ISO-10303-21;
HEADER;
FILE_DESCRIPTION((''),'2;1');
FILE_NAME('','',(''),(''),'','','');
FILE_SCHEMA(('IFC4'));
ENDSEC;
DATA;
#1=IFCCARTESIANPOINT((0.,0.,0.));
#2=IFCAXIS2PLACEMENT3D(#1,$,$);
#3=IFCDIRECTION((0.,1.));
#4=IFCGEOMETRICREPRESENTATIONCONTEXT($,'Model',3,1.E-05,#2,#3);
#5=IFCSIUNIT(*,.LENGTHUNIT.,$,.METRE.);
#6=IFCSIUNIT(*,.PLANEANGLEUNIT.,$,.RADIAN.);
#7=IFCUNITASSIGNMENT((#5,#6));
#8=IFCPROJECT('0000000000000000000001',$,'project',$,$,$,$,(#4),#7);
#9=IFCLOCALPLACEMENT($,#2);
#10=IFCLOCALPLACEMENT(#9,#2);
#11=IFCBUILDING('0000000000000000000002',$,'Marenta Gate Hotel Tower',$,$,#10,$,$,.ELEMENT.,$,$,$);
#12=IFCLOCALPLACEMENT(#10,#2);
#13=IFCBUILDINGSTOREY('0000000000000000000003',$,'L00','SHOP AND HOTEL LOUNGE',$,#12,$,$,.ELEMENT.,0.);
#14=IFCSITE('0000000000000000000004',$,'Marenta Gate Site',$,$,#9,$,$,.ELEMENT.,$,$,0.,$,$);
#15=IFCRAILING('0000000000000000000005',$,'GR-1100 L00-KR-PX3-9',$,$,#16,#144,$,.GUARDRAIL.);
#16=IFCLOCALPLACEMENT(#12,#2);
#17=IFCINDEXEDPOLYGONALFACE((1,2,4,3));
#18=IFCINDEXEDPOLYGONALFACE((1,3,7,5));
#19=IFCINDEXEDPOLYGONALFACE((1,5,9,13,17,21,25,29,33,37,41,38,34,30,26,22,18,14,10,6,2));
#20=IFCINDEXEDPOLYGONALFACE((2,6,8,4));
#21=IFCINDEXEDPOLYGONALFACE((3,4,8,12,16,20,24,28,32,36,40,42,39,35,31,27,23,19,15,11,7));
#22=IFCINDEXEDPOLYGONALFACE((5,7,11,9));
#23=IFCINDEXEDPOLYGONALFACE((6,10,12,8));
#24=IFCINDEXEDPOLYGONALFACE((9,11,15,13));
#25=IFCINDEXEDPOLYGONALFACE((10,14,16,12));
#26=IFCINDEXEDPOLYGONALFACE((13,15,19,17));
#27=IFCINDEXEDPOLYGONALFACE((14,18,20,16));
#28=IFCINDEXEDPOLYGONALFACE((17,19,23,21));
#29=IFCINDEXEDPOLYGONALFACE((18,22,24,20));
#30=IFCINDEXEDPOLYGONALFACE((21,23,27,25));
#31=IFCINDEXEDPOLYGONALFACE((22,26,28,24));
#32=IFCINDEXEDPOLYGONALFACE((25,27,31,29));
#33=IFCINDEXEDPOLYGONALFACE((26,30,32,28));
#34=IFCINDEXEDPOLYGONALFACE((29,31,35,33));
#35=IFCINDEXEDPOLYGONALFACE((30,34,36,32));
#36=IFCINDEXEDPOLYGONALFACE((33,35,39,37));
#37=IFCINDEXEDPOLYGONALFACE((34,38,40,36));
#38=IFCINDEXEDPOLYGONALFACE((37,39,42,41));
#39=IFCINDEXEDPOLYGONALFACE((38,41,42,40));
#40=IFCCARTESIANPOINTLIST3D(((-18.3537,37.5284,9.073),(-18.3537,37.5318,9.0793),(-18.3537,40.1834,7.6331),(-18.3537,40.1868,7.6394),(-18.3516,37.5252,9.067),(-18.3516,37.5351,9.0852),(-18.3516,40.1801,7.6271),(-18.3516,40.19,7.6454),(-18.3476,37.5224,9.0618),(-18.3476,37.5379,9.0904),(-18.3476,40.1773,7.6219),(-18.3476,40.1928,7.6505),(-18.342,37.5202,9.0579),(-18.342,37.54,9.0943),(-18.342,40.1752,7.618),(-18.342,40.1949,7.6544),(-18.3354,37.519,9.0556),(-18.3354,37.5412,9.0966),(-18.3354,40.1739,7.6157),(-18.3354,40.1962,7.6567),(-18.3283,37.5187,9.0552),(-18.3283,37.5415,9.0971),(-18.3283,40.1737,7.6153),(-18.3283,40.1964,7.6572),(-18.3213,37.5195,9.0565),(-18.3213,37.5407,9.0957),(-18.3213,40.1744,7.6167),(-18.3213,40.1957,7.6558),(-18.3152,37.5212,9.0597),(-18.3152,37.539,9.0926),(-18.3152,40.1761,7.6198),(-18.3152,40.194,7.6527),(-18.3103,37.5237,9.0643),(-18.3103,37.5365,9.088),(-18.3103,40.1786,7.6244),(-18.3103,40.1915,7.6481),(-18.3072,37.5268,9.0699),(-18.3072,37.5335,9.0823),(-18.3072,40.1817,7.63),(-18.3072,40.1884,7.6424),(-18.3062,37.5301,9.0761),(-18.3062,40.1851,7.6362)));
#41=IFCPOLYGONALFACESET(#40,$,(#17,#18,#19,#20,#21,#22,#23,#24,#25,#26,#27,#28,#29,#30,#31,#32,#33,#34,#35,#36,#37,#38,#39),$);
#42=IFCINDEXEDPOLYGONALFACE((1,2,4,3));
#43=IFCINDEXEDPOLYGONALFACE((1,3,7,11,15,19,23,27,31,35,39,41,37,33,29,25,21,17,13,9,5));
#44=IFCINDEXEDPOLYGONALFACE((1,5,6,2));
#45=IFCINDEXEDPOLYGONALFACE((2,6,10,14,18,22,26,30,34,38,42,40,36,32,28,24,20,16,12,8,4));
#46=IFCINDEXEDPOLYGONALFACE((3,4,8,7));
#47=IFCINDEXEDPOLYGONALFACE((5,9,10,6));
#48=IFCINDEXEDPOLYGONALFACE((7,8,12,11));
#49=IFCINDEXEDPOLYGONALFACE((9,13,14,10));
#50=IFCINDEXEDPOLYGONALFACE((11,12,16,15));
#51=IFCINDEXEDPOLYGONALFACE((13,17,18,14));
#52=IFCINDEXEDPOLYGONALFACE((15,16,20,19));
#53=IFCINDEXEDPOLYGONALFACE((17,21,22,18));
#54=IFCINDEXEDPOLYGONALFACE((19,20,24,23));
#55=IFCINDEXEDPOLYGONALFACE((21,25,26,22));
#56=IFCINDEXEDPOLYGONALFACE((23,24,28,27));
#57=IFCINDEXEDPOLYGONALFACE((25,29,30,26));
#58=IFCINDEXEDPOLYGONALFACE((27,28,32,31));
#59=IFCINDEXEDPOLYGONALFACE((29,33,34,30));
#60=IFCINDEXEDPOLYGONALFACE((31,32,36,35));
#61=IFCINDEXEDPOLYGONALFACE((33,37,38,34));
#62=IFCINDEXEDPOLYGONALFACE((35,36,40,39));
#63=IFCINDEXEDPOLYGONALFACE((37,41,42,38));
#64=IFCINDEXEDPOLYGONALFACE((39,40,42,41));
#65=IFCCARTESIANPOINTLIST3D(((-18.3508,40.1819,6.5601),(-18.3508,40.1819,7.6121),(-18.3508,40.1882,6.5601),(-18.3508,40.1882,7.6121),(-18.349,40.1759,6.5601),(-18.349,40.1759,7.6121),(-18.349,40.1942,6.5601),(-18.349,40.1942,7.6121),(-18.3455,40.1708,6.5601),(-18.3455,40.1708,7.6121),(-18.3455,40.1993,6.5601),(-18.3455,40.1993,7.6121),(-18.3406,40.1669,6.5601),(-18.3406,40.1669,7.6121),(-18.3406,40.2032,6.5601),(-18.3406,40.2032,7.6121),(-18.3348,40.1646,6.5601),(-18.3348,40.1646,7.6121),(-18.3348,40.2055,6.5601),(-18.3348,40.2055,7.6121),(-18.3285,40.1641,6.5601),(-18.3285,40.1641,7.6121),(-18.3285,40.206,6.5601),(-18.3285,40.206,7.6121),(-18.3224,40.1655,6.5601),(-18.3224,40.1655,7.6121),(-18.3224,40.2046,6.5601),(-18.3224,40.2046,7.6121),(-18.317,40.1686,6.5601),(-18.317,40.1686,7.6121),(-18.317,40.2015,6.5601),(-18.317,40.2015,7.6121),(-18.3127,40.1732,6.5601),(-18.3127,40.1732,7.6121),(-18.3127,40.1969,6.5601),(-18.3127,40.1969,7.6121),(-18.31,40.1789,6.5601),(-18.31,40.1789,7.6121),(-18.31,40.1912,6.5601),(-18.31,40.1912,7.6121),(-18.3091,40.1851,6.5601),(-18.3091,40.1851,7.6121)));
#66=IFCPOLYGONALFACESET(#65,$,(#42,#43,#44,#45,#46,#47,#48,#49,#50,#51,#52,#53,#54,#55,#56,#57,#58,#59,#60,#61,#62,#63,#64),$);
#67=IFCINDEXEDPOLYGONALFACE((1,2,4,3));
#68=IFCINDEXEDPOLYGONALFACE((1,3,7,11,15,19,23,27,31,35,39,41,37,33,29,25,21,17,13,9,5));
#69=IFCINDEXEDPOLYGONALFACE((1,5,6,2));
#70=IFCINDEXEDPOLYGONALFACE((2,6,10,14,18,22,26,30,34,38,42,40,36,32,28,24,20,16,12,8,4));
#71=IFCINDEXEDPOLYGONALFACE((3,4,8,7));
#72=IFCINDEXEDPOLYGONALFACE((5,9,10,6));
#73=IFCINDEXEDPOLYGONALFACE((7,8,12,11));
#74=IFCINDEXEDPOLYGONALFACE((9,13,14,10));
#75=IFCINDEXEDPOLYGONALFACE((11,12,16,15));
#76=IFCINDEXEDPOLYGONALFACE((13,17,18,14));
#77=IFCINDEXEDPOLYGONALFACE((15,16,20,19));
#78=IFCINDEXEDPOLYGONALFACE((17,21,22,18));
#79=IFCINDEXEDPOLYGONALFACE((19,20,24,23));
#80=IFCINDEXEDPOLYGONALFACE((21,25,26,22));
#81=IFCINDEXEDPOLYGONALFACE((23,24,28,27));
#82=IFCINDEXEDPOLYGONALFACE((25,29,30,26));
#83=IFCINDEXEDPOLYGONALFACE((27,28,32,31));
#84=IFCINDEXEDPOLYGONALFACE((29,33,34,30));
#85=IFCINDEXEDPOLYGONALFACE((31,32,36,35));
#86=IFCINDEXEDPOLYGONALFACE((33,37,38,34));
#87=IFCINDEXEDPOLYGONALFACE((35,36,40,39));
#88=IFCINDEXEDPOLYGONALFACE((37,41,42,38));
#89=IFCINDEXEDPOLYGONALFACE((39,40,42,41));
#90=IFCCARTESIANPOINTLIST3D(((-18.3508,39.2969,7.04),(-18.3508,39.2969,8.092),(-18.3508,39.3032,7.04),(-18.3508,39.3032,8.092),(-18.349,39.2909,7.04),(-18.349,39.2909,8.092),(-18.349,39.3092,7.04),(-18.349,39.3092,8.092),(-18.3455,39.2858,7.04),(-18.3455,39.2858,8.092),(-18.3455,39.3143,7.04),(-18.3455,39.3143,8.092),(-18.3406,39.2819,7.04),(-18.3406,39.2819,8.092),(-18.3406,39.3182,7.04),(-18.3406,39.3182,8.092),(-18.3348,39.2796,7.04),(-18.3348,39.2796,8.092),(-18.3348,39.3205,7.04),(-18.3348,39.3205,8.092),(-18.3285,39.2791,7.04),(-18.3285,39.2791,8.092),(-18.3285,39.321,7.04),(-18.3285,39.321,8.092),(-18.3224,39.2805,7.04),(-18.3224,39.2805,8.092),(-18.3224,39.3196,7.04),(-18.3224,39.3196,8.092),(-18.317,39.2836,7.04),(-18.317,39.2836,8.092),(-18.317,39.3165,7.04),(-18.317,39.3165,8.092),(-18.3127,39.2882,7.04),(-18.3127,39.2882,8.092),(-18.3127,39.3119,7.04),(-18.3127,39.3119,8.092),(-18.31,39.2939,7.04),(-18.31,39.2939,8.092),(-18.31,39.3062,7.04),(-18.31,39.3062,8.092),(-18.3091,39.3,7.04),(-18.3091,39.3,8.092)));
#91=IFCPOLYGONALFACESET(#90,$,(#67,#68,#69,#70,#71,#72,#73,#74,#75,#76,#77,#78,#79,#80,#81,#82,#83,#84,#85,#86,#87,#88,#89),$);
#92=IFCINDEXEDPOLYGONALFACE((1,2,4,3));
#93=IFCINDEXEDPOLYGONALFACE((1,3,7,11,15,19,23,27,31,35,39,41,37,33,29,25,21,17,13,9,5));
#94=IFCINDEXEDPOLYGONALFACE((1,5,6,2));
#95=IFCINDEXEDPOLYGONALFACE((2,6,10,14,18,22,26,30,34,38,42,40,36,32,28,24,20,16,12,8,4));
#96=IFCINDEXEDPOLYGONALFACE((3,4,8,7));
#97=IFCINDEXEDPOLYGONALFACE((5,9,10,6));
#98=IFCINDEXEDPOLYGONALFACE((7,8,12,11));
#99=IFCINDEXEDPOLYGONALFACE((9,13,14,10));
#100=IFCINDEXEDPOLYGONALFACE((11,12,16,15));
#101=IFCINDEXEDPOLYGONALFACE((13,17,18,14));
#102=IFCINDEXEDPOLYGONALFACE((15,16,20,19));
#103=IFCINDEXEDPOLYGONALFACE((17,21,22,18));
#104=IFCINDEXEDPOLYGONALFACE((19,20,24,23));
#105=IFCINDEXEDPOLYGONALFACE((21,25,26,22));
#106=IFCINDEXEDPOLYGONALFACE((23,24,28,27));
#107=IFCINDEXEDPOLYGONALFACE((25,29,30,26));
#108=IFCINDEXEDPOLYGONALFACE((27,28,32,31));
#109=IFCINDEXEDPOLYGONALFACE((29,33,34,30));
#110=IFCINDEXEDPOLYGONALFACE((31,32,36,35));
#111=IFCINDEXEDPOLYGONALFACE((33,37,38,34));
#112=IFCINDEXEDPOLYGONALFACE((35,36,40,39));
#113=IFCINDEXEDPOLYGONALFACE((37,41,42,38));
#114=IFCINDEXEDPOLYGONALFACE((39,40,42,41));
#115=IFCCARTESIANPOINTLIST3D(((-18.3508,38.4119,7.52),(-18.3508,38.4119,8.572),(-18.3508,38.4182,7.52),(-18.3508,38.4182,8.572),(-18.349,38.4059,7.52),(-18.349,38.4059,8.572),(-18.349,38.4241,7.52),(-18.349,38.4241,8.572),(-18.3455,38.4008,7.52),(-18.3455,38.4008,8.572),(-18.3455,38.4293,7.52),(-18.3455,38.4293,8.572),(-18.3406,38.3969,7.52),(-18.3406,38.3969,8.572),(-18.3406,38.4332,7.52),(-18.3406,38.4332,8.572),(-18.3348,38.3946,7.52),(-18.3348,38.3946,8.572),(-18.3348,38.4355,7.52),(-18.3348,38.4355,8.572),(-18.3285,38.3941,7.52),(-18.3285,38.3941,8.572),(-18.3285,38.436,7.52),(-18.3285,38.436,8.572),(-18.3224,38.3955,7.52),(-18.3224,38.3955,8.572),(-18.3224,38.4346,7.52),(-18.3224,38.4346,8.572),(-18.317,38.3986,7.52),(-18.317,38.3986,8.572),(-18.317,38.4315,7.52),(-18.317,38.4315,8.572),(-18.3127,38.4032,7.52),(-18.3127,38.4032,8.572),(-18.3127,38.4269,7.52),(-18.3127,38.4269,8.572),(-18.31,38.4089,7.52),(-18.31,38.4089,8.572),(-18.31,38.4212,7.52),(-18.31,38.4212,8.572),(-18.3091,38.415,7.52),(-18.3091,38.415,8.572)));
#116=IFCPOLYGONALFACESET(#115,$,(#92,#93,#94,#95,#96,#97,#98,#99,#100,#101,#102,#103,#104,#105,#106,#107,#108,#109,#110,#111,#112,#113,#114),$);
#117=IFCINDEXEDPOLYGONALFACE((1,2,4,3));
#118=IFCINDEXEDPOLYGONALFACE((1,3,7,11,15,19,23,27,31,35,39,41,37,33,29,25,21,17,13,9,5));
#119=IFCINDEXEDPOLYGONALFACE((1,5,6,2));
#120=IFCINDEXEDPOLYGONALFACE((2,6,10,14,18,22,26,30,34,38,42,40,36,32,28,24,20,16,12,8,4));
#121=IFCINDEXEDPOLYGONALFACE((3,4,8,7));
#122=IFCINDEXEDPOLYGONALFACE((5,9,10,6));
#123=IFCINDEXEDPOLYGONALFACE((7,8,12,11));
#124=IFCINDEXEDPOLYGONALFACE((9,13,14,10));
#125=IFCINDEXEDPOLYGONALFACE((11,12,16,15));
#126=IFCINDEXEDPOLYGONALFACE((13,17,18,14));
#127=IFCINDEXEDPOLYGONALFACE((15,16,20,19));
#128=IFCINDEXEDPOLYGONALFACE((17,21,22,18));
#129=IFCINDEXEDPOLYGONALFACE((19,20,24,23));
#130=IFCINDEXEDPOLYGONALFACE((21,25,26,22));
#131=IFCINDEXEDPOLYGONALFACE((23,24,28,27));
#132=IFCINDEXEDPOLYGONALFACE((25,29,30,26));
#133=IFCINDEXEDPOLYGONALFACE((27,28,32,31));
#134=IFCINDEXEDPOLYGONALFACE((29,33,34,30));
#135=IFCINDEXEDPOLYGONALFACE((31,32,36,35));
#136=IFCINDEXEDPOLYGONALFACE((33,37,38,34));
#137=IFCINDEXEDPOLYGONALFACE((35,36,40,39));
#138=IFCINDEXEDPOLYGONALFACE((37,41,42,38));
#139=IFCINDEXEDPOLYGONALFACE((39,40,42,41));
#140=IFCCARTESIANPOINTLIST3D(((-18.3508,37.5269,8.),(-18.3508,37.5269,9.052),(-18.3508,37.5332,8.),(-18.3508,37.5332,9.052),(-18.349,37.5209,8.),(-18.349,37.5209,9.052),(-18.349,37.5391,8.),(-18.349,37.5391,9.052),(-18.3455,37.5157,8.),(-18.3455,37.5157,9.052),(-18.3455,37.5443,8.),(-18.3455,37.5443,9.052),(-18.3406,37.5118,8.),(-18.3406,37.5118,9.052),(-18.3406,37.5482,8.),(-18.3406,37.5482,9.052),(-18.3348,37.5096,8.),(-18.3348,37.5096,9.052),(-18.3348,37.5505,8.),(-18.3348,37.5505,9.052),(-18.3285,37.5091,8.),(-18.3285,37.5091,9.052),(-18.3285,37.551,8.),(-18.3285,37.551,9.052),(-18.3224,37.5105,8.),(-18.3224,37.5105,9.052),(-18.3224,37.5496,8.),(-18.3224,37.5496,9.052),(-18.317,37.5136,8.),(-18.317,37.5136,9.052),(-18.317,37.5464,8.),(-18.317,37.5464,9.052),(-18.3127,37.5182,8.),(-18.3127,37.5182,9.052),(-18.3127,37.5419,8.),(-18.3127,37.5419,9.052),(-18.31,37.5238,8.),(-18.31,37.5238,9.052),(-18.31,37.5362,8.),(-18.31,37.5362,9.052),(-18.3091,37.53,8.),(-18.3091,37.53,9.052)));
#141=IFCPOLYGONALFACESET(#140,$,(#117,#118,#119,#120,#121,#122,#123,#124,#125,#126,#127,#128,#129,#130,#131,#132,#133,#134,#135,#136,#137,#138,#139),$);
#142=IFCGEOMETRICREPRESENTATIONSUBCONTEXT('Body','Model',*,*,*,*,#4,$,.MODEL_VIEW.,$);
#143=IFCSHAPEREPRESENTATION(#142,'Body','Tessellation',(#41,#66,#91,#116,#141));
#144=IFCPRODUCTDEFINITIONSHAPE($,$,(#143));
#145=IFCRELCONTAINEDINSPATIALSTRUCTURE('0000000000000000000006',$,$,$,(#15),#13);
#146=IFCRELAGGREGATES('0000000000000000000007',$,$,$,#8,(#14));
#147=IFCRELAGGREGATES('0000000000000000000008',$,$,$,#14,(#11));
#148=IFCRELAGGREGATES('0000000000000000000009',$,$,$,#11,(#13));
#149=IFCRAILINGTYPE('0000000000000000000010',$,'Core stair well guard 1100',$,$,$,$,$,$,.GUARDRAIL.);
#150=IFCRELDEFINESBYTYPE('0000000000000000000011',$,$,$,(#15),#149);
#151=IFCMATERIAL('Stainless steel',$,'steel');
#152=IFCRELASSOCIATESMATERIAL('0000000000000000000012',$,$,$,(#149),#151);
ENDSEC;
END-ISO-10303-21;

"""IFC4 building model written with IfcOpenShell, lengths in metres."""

from ifc_helpers import new_model, si_unit, direction, frame, origin, origin_2d, place, context, subcontext, project, spatial, circle, extrude, material, type_object, element, save


model = new_model("IFC4")

# Units and contexts
model_context = context("Model", 3, precision=1e-05, world=origin(), true_north=direction((0.0, 1.0)))
body_context = subcontext(model_context, "Body", "Model", "MODEL_VIEW")
ifc_project = project(units=[si_unit("LENGTHUNIT", "METRE"), si_unit("PLANEANGLEUNIT", "RADIAN")], contexts=[model_context])

# Site, building, storey
site_placement = place(None, origin())
site = spatial("IfcSite", under=ifc_project, at=site_placement, Name="Marenta Gate Site", CompositionType="ELEMENT", RefElevation=0.0)
building_placement = place(site_placement, origin())
building = spatial("IfcBuilding", under=site, at=building_placement, Name="Marenta Gate Hotel Tower", CompositionType="ELEMENT")
storey_placement = place(building_placement, origin())
storey = spatial("IfcBuildingStorey", under=building, at=storey_placement, Name="L00", Description="SHOP AND HOTEL LOUNGE", CompositionType="ELEMENT", Elevation=0.0)

# Railing
ifc_material_1 = material(Name="Stainless steel", Category="steel")
railing_type = type_object("IfcRailingType", Name="Core stair well guard 1100", PredefinedType="GUARDRAIL", material=ifc_material_1)
railing_1_placement = place(storey_placement, frame((-18.3301, 40.1851, 6.5601)))
element("IfcRailing", 1, at=railing_1_placement, inside=storey, type_object=railing_type, Name="GR-1100 L00-KR-PX3-9", PredefinedType="GUARDRAIL", context=body_context, shape_type="SweptSolid", body=[
    extrude(circle(Radius=0.0239, at=origin_2d()), frame((0.0, 0.0, 1.0762), z_axis=(0.0, -0.879042, 0.476744), x_axis=(1.0, 0.0, 0.0)), (0.0, 0.0, 1.0), 3.0203),
    extrude(circle(Radius=0.021, at=origin_2d()), origin(), (0.0, 0.0, 1.0), 1.052),
    extrude(circle(Radius=0.021, at=origin_2d()), frame((0.0, -0.885, 0.48)), (0.0, 0.0, 1.0), 1.052),
    extrude(circle(Radius=0.021, at=origin_2d()), frame((0.0, -1.77, 0.96)), (0.0, 0.0, 1.0), 1.052),
    extrude(circle(Radius=0.021, at=origin_2d()), frame((0.0, -2.655, 1.4399)), (0.0, 0.0, 1.0), 1.052),
])

save(model, "model.ifc")
